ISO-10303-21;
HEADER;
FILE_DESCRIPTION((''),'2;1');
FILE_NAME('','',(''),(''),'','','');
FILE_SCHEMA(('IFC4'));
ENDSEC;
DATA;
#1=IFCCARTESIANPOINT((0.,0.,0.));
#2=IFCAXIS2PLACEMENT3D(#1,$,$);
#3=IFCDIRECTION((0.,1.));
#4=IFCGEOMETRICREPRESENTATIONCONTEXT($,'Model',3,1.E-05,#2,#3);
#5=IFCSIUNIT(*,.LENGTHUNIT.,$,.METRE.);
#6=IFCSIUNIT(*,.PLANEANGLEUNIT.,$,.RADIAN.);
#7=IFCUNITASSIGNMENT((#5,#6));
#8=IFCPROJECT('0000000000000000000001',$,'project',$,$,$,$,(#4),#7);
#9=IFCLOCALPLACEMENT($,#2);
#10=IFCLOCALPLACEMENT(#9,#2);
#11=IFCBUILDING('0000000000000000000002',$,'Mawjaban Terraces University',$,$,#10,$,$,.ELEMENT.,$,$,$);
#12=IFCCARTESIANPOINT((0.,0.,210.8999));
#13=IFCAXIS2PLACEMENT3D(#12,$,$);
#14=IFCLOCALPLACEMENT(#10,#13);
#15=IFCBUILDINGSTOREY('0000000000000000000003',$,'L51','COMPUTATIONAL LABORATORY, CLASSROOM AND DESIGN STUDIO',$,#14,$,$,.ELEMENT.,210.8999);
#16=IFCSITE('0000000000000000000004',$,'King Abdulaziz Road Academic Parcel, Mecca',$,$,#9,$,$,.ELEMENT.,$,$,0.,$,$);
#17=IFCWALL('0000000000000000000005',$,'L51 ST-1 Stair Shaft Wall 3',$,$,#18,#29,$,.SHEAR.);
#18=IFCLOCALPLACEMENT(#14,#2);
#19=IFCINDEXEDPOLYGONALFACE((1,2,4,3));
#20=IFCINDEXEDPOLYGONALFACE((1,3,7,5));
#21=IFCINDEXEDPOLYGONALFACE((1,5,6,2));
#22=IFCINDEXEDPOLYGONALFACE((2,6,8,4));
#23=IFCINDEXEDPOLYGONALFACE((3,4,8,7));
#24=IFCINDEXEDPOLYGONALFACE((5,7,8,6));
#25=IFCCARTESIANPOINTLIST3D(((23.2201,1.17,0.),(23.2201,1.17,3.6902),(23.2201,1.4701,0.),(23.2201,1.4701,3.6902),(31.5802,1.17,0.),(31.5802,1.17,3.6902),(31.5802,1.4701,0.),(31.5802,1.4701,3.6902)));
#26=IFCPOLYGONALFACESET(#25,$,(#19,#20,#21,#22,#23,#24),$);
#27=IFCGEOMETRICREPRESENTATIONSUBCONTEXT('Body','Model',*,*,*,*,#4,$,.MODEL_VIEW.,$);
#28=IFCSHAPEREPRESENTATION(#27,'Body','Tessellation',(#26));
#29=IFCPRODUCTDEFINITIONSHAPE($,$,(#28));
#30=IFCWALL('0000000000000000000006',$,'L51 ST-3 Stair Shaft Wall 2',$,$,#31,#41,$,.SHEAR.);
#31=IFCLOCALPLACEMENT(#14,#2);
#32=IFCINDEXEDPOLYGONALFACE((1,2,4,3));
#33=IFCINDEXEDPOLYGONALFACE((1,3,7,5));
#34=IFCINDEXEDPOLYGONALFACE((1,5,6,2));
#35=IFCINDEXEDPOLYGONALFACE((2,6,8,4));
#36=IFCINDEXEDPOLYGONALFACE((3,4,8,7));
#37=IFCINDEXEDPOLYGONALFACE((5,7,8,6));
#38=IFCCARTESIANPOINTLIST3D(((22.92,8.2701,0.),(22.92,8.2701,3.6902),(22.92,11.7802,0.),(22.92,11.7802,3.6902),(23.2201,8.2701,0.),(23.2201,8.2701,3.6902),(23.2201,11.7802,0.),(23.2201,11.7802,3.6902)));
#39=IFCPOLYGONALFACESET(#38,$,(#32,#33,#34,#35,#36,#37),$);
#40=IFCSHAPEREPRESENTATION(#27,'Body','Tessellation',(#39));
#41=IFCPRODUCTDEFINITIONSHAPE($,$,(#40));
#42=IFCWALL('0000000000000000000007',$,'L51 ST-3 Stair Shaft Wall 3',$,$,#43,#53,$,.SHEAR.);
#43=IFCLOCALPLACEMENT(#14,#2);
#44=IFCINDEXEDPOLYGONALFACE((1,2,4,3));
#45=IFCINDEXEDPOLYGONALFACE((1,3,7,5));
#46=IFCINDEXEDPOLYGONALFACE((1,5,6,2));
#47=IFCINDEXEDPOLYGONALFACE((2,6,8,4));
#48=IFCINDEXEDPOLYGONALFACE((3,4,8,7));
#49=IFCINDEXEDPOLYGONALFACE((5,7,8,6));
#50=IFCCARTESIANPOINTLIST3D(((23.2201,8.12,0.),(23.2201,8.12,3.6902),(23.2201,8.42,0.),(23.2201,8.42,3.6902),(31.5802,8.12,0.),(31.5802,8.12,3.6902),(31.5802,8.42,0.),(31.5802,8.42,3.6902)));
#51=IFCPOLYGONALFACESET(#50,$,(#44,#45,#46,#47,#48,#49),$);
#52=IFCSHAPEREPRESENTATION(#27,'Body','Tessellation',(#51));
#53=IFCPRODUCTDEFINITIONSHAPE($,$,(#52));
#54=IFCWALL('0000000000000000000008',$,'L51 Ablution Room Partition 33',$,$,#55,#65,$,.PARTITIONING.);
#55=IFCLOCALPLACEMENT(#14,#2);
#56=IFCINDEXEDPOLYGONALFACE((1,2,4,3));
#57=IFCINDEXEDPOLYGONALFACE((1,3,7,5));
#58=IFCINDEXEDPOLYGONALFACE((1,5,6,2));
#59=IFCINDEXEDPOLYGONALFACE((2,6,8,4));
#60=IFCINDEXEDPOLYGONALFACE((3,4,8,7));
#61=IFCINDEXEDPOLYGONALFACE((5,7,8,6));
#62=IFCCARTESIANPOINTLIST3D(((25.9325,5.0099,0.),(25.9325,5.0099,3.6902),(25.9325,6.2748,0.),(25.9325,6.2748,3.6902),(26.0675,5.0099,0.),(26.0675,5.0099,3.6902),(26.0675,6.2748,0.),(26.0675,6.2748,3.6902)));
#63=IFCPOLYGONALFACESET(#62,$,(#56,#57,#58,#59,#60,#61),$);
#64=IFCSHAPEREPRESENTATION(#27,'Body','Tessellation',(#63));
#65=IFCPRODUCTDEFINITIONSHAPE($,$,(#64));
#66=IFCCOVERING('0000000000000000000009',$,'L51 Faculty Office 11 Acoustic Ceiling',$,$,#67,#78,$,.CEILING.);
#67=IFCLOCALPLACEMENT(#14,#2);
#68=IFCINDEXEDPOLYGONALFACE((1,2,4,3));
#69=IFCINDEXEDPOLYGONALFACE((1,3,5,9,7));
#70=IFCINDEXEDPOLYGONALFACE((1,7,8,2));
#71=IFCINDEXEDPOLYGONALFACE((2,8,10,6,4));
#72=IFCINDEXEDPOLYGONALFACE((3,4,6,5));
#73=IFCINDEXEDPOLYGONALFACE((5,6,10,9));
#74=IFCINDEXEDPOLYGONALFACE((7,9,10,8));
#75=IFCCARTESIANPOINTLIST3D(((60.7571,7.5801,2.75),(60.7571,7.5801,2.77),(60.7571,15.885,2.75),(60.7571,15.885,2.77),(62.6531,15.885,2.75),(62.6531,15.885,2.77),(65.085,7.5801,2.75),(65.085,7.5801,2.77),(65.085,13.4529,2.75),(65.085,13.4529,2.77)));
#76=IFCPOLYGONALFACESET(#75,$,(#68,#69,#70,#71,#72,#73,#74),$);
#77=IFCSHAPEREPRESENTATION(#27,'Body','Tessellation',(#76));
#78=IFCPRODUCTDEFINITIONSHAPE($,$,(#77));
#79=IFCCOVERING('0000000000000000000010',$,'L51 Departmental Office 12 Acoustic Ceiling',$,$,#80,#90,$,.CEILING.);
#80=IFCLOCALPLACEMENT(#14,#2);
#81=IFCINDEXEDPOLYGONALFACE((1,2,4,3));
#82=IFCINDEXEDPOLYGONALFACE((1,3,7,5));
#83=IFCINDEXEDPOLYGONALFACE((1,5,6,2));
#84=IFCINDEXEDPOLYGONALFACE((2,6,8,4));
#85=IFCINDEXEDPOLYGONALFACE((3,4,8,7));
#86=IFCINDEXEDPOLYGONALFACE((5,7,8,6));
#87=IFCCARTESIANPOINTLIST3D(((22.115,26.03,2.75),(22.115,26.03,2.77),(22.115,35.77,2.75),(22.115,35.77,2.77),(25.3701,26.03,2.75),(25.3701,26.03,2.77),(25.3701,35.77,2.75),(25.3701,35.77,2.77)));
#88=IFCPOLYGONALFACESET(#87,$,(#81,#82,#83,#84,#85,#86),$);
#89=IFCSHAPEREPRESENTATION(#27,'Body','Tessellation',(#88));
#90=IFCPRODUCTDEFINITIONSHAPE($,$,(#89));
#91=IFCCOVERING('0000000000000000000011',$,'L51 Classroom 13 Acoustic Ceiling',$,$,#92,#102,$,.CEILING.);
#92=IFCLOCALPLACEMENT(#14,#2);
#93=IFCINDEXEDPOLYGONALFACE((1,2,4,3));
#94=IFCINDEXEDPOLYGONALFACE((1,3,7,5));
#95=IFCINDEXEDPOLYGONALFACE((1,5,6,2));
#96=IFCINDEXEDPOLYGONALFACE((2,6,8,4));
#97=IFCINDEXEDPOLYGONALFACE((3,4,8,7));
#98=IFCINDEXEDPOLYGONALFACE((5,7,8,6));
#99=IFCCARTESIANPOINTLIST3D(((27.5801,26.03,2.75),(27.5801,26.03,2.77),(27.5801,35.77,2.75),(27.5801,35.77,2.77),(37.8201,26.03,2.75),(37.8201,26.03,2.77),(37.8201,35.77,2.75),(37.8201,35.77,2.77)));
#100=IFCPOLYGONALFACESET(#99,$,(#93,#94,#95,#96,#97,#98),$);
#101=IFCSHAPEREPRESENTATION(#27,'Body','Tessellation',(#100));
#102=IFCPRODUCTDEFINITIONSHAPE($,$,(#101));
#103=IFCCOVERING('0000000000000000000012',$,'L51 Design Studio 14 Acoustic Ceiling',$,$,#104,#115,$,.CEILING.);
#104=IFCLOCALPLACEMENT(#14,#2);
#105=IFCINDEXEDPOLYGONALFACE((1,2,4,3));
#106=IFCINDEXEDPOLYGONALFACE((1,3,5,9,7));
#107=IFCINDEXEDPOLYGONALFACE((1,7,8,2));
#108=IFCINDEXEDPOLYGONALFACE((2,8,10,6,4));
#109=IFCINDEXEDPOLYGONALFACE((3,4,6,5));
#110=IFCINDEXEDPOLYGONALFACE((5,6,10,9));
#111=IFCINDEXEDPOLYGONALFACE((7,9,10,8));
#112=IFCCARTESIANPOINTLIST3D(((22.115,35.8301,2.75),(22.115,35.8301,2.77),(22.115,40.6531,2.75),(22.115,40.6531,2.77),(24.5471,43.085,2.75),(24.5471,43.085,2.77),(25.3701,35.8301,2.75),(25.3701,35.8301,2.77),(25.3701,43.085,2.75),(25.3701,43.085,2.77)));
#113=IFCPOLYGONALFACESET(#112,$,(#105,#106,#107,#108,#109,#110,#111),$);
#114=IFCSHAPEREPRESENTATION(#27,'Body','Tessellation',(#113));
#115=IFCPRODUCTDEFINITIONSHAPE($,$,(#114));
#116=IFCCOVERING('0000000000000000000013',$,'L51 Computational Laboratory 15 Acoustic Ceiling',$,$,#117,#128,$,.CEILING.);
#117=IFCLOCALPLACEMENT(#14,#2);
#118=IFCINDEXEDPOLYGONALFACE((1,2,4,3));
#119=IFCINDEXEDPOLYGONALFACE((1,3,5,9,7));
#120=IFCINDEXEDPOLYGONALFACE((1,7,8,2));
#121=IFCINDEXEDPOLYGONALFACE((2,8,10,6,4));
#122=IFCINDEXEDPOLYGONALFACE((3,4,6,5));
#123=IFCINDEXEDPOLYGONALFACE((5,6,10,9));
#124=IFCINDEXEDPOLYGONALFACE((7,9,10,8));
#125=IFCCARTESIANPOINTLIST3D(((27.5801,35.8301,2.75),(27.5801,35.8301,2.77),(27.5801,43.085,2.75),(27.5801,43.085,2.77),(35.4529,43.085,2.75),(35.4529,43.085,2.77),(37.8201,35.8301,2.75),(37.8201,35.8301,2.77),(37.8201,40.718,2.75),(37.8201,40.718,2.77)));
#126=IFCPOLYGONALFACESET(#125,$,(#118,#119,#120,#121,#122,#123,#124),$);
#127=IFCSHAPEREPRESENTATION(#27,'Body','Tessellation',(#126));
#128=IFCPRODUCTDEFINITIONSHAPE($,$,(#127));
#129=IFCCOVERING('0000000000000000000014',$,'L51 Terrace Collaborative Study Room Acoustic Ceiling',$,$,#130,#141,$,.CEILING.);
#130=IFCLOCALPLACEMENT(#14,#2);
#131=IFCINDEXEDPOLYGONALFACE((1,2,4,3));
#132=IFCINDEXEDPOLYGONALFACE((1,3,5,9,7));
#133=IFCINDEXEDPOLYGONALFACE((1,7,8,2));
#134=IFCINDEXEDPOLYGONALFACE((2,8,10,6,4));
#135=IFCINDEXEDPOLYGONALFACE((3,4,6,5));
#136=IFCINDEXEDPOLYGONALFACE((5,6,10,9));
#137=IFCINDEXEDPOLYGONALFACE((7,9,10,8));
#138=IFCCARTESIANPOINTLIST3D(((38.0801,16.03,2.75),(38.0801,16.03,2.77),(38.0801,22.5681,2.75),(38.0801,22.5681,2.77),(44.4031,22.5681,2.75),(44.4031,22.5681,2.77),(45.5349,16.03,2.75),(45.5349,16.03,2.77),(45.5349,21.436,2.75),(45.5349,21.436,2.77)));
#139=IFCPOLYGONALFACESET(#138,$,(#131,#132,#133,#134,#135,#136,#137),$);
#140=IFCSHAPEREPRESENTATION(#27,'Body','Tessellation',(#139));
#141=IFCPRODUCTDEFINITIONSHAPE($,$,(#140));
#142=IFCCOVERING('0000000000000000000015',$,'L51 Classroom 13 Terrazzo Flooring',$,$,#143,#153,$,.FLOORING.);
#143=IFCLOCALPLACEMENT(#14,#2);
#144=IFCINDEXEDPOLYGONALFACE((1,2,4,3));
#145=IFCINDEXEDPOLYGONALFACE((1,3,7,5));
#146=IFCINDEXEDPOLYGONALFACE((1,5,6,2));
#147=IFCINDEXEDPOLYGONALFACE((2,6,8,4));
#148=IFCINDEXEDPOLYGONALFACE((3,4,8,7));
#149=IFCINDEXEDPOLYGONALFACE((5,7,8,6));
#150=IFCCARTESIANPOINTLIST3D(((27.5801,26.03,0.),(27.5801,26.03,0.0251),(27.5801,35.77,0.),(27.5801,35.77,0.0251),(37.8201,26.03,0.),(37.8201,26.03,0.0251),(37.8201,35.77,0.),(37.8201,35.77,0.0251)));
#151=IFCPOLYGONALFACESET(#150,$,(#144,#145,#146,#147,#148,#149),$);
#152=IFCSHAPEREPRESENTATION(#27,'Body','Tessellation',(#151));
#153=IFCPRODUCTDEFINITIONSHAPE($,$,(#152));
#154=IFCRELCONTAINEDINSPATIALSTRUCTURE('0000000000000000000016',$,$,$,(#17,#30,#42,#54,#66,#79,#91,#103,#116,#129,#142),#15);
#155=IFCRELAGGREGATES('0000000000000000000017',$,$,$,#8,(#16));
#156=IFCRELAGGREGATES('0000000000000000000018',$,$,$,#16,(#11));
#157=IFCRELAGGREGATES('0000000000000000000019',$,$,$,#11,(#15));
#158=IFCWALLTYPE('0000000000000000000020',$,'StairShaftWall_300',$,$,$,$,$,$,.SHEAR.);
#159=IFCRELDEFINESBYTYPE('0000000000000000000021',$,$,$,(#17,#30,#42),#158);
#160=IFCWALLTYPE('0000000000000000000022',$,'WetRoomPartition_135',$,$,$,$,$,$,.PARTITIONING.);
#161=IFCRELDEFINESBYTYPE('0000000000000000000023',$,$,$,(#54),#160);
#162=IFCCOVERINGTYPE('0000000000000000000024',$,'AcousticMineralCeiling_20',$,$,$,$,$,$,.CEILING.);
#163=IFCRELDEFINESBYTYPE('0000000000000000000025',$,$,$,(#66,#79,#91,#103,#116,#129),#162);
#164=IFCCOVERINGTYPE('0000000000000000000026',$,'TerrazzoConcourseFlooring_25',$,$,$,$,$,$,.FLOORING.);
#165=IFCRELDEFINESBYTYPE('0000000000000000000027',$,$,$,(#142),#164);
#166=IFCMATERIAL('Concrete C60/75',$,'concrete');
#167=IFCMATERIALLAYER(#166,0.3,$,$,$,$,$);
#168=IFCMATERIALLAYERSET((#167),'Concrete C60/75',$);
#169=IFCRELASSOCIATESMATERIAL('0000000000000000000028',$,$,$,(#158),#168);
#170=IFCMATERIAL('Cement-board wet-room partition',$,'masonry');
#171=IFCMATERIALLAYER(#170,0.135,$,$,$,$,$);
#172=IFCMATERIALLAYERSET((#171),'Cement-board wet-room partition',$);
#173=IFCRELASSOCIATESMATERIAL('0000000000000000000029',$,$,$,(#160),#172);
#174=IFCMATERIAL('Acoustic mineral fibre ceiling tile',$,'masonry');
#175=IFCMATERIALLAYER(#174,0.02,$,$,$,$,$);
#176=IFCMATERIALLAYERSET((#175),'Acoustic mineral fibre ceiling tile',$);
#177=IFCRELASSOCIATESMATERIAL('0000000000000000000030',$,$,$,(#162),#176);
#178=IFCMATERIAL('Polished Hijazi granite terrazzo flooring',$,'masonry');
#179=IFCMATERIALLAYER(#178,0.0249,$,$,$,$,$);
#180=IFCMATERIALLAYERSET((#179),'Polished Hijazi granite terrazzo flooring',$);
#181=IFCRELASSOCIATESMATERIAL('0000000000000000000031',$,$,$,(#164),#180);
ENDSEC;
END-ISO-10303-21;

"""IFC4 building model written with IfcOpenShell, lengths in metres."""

from ifc_helpers import new_model, si_unit, direction, frame, frame_2d, origin, place, context, subcontext, project, spatial, polyline, rectangle, outline, extrude, material, layer, layer_set, type_object, element, save


model = new_model("IFC4")

# Units and contexts
model_context = context("Model", 3, precision=1e-05, world=origin(), true_north=direction((0.0, 1.0)))
body_context = subcontext(model_context, "Body", "Model", "MODEL_VIEW")
ifc_project = project(units=[si_unit("LENGTHUNIT", "METRE"), si_unit("PLANEANGLEUNIT", "RADIAN")], contexts=[model_context])

# Site, building, storey
site_placement = place(None, origin())
site = spatial("IfcSite", under=ifc_project, at=site_placement, Name="King Abdulaziz Road Academic Parcel, Mecca", CompositionType="ELEMENT", RefElevation=0.0)
building_placement = place(site_placement, origin())
building = spatial("IfcBuilding", under=site, at=building_placement, Name="Mawjaban Terraces University", CompositionType="ELEMENT")
storey_placement = place(building_placement, frame((0.0, 0.0, 210.8999)))
storey = spatial("IfcBuildingStorey", under=building, at=storey_placement, Name="L51", Description="COMPUTATIONAL LABORATORY, CLASSROOM AND DESIGN STUDIO", CompositionType="ELEMENT", Elevation=210.8999)

# Shared definitions
ifc_material_1 = material(Name="Concrete C60/75", Category="concrete")

# Walls
ifc_layer_1 = layer(ifc_material_1, 0.3)
ifc_layer_set_1 = layer_set([ifc_layer_1], Name="Concrete C60/75")
wall_type_1 = type_object("IfcWallType", Name="StairShaftWall_300", PredefinedType="SHEAR", material=ifc_layer_set_1)
wall_1_placement = place(storey_placement, frame((23.22, 1.3201, 0.0), z_axis=(0.0, 0.0, 1.0), x_axis=(1.0, 0.0, 0.0)))
element("IfcWall", 1, at=wall_1_placement, inside=storey, type_object=wall_type_1, Name="L51 ST-1 Stair Shaft Wall 3", PredefinedType="SHEAR", context=body_context, shape_type="SweptSolid", body=[
    extrude(rectangle(XDim=8.3601, YDim=0.3, at=frame_2d((4.1802, 0.0))), origin(), (0.0, 0.0, 1.0), 3.6902),
])
wall_2_placement = place(storey_placement, frame((23.0701, 11.78, 0.0), z_axis=(0.0, 0.0, 1.0), x_axis=(0.0, -1.0, 0.0)))
element("IfcWall", 2, at=wall_2_placement, inside=storey, type_object=wall_type_1, Name="L51 ST-3 Stair Shaft Wall 2", PredefinedType="SHEAR", context=body_context, shape_type="SweptSolid", body=[
    extrude(rectangle(XDim=3.51, YDim=0.3, at=frame_2d((1.7549, 0.0))), origin(), (0.0, 0.0, 1.0), 3.6902),
])
wall_3_placement = place(storey_placement, frame((23.22, 8.27, 0.0), z_axis=(0.0, 0.0, 1.0), x_axis=(1.0, 0.0, 0.0)))
element("IfcWall", 3, at=wall_3_placement, inside=storey, type_object=wall_type_1, Name="L51 ST-3 Stair Shaft Wall 3", PredefinedType="SHEAR", context=body_context, shape_type="SweptSolid", body=[
    extrude(rectangle(XDim=8.3601, YDim=0.3, at=frame_2d((4.1802, 0.0))), origin(), (0.0, 0.0, 1.0), 3.6902),
])
ifc_material_2 = material(Name="Cement-board wet-room partition", Category="masonry")
ifc_layer_2 = layer(ifc_material_2, 0.135)
ifc_layer_set_2 = layer_set([ifc_layer_2], Name="Cement-board wet-room partition")
wall_type_2 = type_object("IfcWallType", Name="WetRoomPartition_135", PredefinedType="PARTITIONING", material=ifc_layer_set_2)
wall_4_placement = place(storey_placement, frame((26.0, 5.01, 0.0), z_axis=(0.0, 0.0, 1.0), x_axis=(0.0, 1.0, 0.0)))
element("IfcWall", 4, at=wall_4_placement, inside=storey, type_object=wall_type_2, Name="L51 Ablution Room Partition 33", PredefinedType="PARTITIONING", context=body_context, shape_type="SweptSolid", body=[
    extrude(rectangle(XDim=1.2649, YDim=0.135, at=frame_2d((0.6323, 0.0))), origin(), (0.0, 0.0, 1.0), 3.6902),
])

# Coverings
ifc_material_3 = material(Name="Acoustic mineral fibre ceiling tile", Category="masonry")
ifc_layer_3 = layer(ifc_material_3, 0.02)
ifc_layer_set_3 = layer_set([ifc_layer_3], Name="Acoustic mineral fibre ceiling tile")
covering_type_1 = type_object("IfcCoveringType", Name="AcousticMineralCeiling_20", PredefinedType="CEILING", material=ifc_layer_set_3)
covering_1_placement = place(storey_placement, frame((0.0, 0.0, 2.75)))
element("IfcCovering", 5, at=covering_1_placement, inside=storey, type_object=covering_type_1, Name="L51 Faculty Office 11 Acoustic Ceiling", PredefinedType="CEILING", context=body_context, shape_type="SweptSolid", body=[
    extrude(outline(polyline([(65.085, 7.5801), (65.085, 13.4529), (62.6531, 15.885), (60.7571, 15.885), (60.7571, 7.5801), (65.085, 7.5801)])), origin(), (0.0, 0.0, 1.0), 0.02),
])
covering_2_placement = place(storey_placement, frame((0.0, 0.0, 2.75)))
element("IfcCovering", 6, at=covering_2_placement, inside=storey, type_object=covering_type_1, Name="L51 Departmental Office 12 Acoustic Ceiling", PredefinedType="CEILING", context=body_context, shape_type="SweptSolid", body=[
    extrude(outline(polyline([(22.115, 35.77), (22.115, 26.03), (25.3701, 26.03), (25.3701, 35.77), (22.115, 35.77)])), origin(), (0.0, 0.0, 1.0), 0.02),
])
covering_3_placement = place(storey_placement, frame((0.0, 0.0, 2.75)))
element("IfcCovering", 7, at=covering_3_placement, inside=storey, type_object=covering_type_1, Name="L51 Classroom 13 Acoustic Ceiling", PredefinedType="CEILING", context=body_context, shape_type="SweptSolid", body=[
    extrude(outline(polyline([(37.8201, 26.03), (37.8201, 35.77), (27.5801, 35.77), (27.5801, 26.03), (37.8201, 26.03)])), origin(), (0.0, 0.0, 1.0), 0.02),
])
covering_4_placement = place(storey_placement, frame((0.0, 0.0, 2.75)))
element("IfcCovering", 8, at=covering_4_placement, inside=storey, type_object=covering_type_1, Name="L51 Design Studio 14 Acoustic Ceiling", PredefinedType="CEILING", context=body_context, shape_type="SweptSolid", body=[
    extrude(outline(polyline([(25.3701, 43.085), (24.5471, 43.085), (22.115, 40.6531), (22.115, 35.8301), (25.3701, 35.8301), (25.3701, 43.085)])), origin(), (0.0, 0.0, 1.0), 0.02),
])
covering_5_placement = place(storey_placement, frame((0.0, 0.0, 2.75)))
element("IfcCovering", 9, at=covering_5_placement, inside=storey, type_object=covering_type_1, Name="L51 Computational Laboratory 15 Acoustic Ceiling", PredefinedType="CEILING", context=body_context, shape_type="SweptSolid", body=[
    extrude(outline(polyline([(37.8201, 40.718), (35.4529, 43.085), (27.5801, 43.085), (27.5801, 35.8301), (37.8201, 35.8301), (37.8201, 40.718)])), origin(), (0.0, 0.0, 1.0), 0.02),
])
covering_6_placement = place(storey_placement, frame((0.0, 0.0, 2.75)))
element("IfcCovering", 10, at=covering_6_placement, inside=storey, type_object=covering_type_1, Name="L51 Terrace Collaborative Study Room Acoustic Ceiling", PredefinedType="CEILING", context=body_context, shape_type="SweptSolid", body=[
    extrude(outline(polyline([(45.5349, 16.03), (45.5349, 21.436), (44.4031, 22.5681), (38.0801, 22.5681), (38.0801, 16.03), (45.5349, 16.03)])), origin(), (0.0, 0.0, 1.0), 0.02),
])
ifc_material_4 = material(Name="Polished Hijazi granite terrazzo flooring", Category="masonry")
ifc_layer_4 = layer(ifc_material_4, 0.0249)
ifc_layer_set_4 = layer_set([ifc_layer_4], Name="Polished Hijazi granite terrazzo flooring")
covering_type_2 = type_object("IfcCoveringType", Name="TerrazzoConcourseFlooring_25", PredefinedType="FLOORING", material=ifc_layer_set_4)
covering_7_placement = place(storey_placement, origin())
element("IfcCovering", 11, at=covering_7_placement, inside=storey, type_object=covering_type_2, Name="L51 Classroom 13 Terrazzo Flooring", PredefinedType="FLOORING", context=body_context, shape_type="SweptSolid", body=[
    extrude(outline(polyline([(37.8201, 26.03), (37.8201, 35.77), (27.5801, 35.77), (27.5801, 26.03), (37.8201, 26.03)])), origin(), (0.0, 0.0, 1.0), 0.0251),
])

save(model, "model.ifc")
